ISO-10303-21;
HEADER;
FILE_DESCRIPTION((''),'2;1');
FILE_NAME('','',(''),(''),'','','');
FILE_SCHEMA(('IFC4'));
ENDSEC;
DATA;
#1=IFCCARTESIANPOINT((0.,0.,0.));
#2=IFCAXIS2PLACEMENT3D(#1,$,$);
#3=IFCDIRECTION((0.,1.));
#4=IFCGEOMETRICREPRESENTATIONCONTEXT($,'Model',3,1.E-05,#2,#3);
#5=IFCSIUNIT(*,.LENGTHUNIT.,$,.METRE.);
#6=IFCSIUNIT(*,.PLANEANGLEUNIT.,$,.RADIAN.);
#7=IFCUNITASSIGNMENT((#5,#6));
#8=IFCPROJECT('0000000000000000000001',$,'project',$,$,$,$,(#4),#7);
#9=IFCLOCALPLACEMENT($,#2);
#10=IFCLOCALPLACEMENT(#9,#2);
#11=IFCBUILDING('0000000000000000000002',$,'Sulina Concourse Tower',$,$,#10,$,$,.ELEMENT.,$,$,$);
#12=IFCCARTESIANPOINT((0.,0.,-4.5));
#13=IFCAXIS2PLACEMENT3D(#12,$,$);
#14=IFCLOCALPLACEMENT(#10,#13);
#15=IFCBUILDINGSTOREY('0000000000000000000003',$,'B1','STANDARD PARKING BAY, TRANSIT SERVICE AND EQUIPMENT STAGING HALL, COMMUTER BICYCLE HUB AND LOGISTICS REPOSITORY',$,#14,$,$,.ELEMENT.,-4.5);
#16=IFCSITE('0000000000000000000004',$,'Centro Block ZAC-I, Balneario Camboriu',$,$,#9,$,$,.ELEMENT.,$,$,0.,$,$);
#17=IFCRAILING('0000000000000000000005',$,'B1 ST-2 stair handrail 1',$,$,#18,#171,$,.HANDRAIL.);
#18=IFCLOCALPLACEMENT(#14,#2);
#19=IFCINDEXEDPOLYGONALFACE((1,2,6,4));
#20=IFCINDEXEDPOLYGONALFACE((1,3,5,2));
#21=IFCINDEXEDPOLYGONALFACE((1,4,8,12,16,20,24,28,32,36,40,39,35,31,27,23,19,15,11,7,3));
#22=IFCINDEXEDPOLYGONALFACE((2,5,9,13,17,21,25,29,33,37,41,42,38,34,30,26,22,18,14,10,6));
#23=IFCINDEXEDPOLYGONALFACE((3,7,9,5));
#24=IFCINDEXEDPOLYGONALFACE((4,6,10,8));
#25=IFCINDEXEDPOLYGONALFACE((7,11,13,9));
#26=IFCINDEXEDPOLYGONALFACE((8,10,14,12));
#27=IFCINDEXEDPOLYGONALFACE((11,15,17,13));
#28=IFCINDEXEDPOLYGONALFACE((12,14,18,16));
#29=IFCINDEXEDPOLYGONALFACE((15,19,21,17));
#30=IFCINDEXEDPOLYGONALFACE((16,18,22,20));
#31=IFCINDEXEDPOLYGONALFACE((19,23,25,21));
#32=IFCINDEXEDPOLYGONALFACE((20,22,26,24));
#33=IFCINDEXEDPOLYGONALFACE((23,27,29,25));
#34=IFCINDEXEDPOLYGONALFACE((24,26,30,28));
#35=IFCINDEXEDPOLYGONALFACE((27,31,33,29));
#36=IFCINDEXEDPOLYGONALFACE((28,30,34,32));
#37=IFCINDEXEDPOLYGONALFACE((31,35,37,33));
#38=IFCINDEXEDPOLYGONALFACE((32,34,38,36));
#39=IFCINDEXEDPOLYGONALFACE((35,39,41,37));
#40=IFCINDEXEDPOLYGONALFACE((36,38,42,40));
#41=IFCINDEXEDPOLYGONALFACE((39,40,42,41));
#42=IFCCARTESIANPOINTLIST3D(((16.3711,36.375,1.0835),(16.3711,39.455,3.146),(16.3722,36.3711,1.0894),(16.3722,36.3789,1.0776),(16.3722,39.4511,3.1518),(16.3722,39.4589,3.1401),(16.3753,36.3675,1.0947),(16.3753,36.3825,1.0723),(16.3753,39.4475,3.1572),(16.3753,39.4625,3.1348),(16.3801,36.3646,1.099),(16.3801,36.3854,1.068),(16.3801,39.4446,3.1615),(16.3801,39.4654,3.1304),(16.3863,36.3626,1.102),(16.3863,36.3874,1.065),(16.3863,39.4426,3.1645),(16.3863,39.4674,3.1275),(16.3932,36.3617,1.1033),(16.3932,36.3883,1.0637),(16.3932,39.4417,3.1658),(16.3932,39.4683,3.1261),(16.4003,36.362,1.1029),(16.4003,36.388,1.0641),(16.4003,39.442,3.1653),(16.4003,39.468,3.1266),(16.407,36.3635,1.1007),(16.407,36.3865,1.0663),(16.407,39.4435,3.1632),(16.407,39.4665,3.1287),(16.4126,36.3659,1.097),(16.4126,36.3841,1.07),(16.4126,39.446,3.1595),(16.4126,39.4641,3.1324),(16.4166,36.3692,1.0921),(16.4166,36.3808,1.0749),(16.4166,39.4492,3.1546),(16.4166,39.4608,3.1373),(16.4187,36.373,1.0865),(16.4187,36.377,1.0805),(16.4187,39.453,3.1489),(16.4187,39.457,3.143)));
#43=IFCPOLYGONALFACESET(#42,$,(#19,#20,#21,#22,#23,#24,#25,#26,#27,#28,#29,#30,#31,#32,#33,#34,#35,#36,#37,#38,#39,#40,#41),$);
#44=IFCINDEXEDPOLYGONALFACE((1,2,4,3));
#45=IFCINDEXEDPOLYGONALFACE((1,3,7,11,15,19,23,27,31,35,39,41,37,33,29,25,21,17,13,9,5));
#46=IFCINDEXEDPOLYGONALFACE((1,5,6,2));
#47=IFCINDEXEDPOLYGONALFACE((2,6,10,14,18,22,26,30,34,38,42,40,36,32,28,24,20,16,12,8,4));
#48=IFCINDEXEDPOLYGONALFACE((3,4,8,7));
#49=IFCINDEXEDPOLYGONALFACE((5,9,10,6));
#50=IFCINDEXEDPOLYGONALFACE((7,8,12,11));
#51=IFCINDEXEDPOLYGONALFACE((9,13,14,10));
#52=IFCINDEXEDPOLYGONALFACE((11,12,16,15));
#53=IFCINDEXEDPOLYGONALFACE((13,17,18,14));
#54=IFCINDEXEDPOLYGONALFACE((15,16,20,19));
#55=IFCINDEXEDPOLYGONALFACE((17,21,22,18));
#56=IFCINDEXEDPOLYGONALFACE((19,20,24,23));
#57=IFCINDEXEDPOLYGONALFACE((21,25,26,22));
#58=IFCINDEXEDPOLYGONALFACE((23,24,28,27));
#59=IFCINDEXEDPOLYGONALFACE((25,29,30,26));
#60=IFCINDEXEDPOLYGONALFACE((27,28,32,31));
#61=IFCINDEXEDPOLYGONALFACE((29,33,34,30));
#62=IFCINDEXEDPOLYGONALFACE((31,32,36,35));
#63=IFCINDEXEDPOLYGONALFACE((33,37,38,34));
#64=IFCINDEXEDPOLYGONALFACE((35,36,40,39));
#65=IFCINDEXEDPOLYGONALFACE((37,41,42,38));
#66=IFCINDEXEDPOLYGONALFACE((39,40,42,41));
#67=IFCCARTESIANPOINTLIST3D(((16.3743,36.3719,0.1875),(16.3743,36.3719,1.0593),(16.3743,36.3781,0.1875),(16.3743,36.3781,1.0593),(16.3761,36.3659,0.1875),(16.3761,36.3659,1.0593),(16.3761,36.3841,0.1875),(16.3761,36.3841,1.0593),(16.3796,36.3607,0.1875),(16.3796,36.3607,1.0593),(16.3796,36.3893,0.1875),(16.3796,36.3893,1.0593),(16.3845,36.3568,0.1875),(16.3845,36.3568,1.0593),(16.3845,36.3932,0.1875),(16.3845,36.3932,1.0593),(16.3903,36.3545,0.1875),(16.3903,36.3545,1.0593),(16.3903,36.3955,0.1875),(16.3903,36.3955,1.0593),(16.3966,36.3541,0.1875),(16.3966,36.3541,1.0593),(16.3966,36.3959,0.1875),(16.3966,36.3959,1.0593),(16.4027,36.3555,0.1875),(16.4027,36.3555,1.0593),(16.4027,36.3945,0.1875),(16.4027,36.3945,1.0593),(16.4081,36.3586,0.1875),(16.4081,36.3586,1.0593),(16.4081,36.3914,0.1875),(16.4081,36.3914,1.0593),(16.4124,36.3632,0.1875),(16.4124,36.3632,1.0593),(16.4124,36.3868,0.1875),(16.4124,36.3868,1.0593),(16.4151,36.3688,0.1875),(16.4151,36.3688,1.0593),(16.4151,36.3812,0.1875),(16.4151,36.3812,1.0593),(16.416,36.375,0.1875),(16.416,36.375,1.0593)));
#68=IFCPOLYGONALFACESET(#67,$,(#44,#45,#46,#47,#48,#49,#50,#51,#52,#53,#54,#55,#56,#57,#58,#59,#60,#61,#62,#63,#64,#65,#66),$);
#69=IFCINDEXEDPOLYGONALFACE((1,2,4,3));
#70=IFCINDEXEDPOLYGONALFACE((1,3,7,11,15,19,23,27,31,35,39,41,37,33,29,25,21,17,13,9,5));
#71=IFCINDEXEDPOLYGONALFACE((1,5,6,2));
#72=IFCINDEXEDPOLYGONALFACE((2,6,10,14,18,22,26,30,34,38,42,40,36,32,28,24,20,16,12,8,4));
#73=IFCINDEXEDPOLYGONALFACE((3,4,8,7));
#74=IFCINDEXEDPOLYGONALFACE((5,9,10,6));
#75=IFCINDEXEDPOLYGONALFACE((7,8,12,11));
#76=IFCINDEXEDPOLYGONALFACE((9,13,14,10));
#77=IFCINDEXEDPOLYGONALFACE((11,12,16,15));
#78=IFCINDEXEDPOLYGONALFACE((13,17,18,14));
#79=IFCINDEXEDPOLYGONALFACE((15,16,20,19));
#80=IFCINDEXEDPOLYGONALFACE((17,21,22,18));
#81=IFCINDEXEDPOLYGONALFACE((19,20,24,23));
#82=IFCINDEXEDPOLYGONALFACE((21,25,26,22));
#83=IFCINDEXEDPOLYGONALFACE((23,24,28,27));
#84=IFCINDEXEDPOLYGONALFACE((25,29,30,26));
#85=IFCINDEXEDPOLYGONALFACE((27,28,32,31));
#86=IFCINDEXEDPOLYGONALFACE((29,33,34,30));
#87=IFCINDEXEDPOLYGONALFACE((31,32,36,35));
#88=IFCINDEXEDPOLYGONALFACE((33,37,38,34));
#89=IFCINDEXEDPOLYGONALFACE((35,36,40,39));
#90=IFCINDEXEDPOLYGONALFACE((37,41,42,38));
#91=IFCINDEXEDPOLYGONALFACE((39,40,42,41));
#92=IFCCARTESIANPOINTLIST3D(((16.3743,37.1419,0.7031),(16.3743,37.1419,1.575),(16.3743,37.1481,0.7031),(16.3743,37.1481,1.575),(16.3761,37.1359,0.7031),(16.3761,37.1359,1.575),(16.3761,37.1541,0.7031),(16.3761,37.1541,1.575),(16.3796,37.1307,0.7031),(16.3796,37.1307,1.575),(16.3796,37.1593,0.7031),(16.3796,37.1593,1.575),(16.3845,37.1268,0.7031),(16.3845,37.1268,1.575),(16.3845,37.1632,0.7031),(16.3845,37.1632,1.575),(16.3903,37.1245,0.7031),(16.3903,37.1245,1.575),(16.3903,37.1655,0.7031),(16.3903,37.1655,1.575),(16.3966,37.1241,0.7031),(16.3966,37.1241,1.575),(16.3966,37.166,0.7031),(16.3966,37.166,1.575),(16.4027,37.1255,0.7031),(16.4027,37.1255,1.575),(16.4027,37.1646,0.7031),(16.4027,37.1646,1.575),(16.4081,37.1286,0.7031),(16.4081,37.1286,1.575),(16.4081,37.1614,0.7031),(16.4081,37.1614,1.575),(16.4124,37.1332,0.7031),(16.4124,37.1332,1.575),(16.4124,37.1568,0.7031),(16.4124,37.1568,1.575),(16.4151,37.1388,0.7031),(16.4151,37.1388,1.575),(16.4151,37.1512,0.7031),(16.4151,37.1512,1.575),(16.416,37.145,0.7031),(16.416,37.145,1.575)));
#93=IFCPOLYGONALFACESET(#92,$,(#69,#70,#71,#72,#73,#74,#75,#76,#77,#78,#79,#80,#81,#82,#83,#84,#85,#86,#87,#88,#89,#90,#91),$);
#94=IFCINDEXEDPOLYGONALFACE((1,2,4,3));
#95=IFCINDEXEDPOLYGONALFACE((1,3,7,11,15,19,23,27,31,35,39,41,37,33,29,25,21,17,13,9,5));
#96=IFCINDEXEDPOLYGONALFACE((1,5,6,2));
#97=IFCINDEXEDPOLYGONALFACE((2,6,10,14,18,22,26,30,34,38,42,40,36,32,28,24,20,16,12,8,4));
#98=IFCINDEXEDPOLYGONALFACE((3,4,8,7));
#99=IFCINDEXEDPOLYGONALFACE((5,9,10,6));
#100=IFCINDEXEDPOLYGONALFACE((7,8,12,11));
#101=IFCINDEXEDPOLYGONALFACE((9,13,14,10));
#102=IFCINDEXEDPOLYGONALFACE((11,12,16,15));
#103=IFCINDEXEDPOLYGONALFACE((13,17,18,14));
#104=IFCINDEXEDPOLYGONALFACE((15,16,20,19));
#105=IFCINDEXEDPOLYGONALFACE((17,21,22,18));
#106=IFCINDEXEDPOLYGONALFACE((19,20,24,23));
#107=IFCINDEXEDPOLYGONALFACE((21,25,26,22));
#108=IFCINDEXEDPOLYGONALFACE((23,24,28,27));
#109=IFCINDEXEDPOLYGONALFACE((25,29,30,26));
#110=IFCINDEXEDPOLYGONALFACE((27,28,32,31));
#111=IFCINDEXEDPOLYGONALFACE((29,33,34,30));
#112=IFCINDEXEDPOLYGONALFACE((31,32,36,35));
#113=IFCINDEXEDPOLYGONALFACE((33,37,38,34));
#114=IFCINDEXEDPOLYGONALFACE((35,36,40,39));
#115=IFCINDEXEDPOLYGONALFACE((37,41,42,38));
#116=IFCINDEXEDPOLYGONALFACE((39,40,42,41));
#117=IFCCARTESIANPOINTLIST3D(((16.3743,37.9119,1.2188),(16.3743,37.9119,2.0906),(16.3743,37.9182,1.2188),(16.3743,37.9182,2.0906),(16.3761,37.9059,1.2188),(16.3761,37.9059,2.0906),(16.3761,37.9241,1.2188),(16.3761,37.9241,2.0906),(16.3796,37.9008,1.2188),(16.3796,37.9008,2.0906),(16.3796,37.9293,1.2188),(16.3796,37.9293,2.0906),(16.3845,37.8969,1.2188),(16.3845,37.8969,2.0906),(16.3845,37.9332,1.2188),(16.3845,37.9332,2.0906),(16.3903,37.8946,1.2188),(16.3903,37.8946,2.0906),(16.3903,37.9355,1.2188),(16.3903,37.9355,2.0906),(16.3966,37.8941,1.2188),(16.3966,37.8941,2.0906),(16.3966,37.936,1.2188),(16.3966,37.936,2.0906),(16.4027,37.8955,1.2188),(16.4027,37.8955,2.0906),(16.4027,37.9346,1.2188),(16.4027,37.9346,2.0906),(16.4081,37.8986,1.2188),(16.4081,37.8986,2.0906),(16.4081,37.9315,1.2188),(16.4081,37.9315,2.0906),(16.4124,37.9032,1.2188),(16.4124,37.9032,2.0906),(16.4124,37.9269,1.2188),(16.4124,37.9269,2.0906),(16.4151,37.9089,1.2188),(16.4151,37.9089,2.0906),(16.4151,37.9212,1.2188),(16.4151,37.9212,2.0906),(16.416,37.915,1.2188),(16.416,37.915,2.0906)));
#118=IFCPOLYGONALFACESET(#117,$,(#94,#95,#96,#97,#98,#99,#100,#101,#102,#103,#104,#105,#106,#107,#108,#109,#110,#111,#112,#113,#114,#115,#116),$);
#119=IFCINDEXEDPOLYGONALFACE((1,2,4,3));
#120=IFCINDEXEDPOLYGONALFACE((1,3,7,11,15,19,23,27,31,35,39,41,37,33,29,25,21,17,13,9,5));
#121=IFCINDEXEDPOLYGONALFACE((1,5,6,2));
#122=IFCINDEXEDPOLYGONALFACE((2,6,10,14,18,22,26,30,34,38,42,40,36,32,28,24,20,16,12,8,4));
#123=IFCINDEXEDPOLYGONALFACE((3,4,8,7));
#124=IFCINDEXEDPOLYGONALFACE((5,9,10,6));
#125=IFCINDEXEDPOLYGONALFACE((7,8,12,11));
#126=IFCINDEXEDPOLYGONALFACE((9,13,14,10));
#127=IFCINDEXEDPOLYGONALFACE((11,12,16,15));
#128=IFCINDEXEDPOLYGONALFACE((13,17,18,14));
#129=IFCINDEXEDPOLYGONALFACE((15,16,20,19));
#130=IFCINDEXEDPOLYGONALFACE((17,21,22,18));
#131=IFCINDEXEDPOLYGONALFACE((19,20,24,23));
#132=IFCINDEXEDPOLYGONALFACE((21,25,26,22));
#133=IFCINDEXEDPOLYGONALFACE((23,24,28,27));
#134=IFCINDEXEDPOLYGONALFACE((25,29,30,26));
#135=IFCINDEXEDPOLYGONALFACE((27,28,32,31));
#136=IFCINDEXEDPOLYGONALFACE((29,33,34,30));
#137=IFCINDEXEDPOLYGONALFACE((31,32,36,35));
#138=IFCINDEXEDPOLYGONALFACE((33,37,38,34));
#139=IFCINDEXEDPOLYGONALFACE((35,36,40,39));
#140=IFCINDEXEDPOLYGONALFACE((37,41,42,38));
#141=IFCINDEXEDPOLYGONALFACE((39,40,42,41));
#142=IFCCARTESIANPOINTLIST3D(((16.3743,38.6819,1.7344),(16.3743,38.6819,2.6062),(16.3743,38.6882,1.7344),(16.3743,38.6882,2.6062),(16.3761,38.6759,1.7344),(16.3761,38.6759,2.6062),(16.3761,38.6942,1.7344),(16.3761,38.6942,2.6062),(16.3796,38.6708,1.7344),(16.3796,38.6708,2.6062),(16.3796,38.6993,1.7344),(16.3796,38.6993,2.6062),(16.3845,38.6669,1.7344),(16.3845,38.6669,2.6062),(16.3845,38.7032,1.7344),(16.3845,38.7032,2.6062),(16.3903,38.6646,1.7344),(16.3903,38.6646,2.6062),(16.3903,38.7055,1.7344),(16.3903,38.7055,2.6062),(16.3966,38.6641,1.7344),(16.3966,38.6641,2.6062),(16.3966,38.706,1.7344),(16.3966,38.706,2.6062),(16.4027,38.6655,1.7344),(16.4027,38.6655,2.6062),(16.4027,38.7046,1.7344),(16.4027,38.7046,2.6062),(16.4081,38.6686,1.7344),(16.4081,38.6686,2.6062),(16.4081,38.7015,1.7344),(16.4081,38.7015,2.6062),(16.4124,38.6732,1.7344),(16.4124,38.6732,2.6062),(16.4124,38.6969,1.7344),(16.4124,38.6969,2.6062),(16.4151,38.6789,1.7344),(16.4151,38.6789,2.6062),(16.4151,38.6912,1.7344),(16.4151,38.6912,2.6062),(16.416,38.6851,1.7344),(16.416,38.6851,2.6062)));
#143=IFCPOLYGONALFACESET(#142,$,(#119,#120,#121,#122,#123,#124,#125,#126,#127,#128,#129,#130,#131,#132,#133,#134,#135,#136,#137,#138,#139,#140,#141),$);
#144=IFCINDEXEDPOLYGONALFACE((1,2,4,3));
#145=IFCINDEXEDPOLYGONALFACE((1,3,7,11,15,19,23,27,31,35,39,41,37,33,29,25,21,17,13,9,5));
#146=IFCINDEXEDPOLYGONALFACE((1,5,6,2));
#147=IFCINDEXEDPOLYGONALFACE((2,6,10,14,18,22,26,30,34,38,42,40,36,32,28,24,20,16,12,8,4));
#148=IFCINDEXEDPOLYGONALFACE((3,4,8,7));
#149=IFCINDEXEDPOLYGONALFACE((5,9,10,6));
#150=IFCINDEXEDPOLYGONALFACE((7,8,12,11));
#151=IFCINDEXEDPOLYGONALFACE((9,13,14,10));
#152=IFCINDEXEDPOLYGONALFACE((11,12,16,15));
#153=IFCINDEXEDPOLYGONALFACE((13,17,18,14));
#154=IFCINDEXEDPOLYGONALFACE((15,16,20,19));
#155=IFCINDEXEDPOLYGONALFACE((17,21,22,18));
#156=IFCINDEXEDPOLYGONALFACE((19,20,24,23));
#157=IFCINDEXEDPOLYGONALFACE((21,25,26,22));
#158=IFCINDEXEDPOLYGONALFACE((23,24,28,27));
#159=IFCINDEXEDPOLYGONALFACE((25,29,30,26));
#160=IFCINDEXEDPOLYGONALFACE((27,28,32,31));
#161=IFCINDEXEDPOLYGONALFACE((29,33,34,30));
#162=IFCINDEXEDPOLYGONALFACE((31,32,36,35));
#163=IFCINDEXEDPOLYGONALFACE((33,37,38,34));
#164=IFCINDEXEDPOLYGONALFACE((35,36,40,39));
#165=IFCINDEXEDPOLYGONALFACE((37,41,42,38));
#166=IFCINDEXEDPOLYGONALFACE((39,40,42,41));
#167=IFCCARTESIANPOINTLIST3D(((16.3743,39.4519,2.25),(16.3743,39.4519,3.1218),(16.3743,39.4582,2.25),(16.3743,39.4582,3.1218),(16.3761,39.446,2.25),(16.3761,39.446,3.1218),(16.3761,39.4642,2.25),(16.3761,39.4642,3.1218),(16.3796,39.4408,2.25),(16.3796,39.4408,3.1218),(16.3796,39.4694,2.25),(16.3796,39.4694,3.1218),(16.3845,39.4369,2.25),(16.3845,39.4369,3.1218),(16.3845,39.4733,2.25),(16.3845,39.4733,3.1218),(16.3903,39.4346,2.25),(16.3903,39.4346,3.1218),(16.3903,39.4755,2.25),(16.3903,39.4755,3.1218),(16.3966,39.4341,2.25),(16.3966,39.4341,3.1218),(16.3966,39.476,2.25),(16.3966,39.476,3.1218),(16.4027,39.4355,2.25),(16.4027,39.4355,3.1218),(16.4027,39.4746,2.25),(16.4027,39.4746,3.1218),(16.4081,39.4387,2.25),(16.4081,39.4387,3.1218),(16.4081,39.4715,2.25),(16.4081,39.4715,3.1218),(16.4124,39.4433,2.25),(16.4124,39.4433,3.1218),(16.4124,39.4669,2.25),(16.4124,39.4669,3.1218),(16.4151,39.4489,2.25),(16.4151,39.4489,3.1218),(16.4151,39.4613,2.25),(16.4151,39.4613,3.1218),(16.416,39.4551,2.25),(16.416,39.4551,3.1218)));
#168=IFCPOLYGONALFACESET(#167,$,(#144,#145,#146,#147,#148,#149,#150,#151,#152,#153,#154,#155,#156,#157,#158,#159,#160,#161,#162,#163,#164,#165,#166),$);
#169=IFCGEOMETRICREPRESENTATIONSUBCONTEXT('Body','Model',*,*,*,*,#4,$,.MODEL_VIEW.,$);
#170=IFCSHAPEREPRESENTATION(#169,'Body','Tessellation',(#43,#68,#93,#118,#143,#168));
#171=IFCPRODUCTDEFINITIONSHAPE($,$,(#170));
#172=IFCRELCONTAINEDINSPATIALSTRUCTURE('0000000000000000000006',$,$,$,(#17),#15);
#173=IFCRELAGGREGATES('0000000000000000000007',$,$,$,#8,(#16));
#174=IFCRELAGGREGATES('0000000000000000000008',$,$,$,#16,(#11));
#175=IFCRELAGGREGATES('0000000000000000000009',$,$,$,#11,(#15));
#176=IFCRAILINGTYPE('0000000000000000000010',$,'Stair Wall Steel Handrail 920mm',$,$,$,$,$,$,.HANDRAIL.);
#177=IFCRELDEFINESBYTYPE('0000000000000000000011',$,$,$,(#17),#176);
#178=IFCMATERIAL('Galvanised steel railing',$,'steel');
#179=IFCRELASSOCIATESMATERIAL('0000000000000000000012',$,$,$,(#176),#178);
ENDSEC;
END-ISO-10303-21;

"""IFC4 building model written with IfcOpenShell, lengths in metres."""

from ifc_helpers import new_model, si_unit, direction, frame, origin, origin_2d, place, context, subcontext, project, spatial, circle, extrude, material, type_object, element, save


model = new_model("IFC4")

# Units and contexts
model_context = context("Model", 3, precision=1e-05, world=origin(), true_north=direction((0.0, 1.0)))
body_context = subcontext(model_context, "Body", "Model", "MODEL_VIEW")
ifc_project = project(units=[si_unit("LENGTHUNIT", "METRE"), si_unit("PLANEANGLEUNIT", "RADIAN")], contexts=[model_context])

# Site, building, storey
site_placement = place(None, origin())
site = spatial("IfcSite", under=ifc_project, at=site_placement, Name="Centro Block ZAC-I, Balneario Camboriu", CompositionType="ELEMENT", RefElevation=0.0)
building_placement = place(site_placement, origin())
building = spatial("IfcBuilding", under=site, at=building_placement, Name="Sulina Concourse Tower", CompositionType="ELEMENT")
storey_placement = place(building_placement, frame((0.0, 0.0, -4.5)))
storey = spatial("IfcBuildingStorey", under=building, at=storey_placement, Name="B1", Description="STANDARD PARKING BAY, TRANSIT SERVICE AND EQUIPMENT STAGING HALL, COMMUTER BICYCLE HUB AND LOGISTICS REPOSITORY", CompositionType="ELEMENT", Elevation=-4.5)

# Railing
ifc_material_1 = material(Name="Galvanised steel railing", Category="steel")
railing_type_1 = type_object("IfcRailingType", Name="Stair Wall Steel Handrail 920mm", PredefinedType="HANDRAIL", material=ifc_material_1)
railing_1_placement = place(storey_placement, frame((16.395, 36.375, 0.1875)))
element("IfcRailing", 1, at=railing_1_placement, inside=storey, type_object=railing_type_1, Name="B1 ST-2 stair handrail 1", PredefinedType="HANDRAIL", context=body_context, shape_type="SweptSolid", body=[
    extrude(circle(Radius=0.0239, at=origin_2d()), frame((0.0, 0.0, 0.896), z_axis=(0.0, 0.830914, 0.556401), x_axis=(-1.0, 0.0, 0.0)), (0.0, 0.0, 1.0), 3.7068),
    extrude(circle(Radius=0.021, at=origin_2d()), origin(), (0.0, 0.0, 1.0), 0.8718),
    extrude(circle(Radius=0.021, at=origin_2d()), frame((0.0, 0.77, 0.5156)), (0.0, 0.0, 1.0), 0.8718),
    extrude(circle(Radius=0.021, at=origin_2d()), frame((0.0, 1.54, 1.0312)), (0.0, 0.0, 1.0), 0.8718),
    extrude(circle(Radius=0.021, at=origin_2d()), frame((0.0, 2.3101, 1.5469)), (0.0, 0.0, 1.0), 0.8718),
    extrude(circle(Radius=0.021, at=origin_2d()), frame((0.0, 3.0801, 2.0625)), (0.0, 0.0, 1.0), 0.8718),
])

save(model, "model.ifc")
